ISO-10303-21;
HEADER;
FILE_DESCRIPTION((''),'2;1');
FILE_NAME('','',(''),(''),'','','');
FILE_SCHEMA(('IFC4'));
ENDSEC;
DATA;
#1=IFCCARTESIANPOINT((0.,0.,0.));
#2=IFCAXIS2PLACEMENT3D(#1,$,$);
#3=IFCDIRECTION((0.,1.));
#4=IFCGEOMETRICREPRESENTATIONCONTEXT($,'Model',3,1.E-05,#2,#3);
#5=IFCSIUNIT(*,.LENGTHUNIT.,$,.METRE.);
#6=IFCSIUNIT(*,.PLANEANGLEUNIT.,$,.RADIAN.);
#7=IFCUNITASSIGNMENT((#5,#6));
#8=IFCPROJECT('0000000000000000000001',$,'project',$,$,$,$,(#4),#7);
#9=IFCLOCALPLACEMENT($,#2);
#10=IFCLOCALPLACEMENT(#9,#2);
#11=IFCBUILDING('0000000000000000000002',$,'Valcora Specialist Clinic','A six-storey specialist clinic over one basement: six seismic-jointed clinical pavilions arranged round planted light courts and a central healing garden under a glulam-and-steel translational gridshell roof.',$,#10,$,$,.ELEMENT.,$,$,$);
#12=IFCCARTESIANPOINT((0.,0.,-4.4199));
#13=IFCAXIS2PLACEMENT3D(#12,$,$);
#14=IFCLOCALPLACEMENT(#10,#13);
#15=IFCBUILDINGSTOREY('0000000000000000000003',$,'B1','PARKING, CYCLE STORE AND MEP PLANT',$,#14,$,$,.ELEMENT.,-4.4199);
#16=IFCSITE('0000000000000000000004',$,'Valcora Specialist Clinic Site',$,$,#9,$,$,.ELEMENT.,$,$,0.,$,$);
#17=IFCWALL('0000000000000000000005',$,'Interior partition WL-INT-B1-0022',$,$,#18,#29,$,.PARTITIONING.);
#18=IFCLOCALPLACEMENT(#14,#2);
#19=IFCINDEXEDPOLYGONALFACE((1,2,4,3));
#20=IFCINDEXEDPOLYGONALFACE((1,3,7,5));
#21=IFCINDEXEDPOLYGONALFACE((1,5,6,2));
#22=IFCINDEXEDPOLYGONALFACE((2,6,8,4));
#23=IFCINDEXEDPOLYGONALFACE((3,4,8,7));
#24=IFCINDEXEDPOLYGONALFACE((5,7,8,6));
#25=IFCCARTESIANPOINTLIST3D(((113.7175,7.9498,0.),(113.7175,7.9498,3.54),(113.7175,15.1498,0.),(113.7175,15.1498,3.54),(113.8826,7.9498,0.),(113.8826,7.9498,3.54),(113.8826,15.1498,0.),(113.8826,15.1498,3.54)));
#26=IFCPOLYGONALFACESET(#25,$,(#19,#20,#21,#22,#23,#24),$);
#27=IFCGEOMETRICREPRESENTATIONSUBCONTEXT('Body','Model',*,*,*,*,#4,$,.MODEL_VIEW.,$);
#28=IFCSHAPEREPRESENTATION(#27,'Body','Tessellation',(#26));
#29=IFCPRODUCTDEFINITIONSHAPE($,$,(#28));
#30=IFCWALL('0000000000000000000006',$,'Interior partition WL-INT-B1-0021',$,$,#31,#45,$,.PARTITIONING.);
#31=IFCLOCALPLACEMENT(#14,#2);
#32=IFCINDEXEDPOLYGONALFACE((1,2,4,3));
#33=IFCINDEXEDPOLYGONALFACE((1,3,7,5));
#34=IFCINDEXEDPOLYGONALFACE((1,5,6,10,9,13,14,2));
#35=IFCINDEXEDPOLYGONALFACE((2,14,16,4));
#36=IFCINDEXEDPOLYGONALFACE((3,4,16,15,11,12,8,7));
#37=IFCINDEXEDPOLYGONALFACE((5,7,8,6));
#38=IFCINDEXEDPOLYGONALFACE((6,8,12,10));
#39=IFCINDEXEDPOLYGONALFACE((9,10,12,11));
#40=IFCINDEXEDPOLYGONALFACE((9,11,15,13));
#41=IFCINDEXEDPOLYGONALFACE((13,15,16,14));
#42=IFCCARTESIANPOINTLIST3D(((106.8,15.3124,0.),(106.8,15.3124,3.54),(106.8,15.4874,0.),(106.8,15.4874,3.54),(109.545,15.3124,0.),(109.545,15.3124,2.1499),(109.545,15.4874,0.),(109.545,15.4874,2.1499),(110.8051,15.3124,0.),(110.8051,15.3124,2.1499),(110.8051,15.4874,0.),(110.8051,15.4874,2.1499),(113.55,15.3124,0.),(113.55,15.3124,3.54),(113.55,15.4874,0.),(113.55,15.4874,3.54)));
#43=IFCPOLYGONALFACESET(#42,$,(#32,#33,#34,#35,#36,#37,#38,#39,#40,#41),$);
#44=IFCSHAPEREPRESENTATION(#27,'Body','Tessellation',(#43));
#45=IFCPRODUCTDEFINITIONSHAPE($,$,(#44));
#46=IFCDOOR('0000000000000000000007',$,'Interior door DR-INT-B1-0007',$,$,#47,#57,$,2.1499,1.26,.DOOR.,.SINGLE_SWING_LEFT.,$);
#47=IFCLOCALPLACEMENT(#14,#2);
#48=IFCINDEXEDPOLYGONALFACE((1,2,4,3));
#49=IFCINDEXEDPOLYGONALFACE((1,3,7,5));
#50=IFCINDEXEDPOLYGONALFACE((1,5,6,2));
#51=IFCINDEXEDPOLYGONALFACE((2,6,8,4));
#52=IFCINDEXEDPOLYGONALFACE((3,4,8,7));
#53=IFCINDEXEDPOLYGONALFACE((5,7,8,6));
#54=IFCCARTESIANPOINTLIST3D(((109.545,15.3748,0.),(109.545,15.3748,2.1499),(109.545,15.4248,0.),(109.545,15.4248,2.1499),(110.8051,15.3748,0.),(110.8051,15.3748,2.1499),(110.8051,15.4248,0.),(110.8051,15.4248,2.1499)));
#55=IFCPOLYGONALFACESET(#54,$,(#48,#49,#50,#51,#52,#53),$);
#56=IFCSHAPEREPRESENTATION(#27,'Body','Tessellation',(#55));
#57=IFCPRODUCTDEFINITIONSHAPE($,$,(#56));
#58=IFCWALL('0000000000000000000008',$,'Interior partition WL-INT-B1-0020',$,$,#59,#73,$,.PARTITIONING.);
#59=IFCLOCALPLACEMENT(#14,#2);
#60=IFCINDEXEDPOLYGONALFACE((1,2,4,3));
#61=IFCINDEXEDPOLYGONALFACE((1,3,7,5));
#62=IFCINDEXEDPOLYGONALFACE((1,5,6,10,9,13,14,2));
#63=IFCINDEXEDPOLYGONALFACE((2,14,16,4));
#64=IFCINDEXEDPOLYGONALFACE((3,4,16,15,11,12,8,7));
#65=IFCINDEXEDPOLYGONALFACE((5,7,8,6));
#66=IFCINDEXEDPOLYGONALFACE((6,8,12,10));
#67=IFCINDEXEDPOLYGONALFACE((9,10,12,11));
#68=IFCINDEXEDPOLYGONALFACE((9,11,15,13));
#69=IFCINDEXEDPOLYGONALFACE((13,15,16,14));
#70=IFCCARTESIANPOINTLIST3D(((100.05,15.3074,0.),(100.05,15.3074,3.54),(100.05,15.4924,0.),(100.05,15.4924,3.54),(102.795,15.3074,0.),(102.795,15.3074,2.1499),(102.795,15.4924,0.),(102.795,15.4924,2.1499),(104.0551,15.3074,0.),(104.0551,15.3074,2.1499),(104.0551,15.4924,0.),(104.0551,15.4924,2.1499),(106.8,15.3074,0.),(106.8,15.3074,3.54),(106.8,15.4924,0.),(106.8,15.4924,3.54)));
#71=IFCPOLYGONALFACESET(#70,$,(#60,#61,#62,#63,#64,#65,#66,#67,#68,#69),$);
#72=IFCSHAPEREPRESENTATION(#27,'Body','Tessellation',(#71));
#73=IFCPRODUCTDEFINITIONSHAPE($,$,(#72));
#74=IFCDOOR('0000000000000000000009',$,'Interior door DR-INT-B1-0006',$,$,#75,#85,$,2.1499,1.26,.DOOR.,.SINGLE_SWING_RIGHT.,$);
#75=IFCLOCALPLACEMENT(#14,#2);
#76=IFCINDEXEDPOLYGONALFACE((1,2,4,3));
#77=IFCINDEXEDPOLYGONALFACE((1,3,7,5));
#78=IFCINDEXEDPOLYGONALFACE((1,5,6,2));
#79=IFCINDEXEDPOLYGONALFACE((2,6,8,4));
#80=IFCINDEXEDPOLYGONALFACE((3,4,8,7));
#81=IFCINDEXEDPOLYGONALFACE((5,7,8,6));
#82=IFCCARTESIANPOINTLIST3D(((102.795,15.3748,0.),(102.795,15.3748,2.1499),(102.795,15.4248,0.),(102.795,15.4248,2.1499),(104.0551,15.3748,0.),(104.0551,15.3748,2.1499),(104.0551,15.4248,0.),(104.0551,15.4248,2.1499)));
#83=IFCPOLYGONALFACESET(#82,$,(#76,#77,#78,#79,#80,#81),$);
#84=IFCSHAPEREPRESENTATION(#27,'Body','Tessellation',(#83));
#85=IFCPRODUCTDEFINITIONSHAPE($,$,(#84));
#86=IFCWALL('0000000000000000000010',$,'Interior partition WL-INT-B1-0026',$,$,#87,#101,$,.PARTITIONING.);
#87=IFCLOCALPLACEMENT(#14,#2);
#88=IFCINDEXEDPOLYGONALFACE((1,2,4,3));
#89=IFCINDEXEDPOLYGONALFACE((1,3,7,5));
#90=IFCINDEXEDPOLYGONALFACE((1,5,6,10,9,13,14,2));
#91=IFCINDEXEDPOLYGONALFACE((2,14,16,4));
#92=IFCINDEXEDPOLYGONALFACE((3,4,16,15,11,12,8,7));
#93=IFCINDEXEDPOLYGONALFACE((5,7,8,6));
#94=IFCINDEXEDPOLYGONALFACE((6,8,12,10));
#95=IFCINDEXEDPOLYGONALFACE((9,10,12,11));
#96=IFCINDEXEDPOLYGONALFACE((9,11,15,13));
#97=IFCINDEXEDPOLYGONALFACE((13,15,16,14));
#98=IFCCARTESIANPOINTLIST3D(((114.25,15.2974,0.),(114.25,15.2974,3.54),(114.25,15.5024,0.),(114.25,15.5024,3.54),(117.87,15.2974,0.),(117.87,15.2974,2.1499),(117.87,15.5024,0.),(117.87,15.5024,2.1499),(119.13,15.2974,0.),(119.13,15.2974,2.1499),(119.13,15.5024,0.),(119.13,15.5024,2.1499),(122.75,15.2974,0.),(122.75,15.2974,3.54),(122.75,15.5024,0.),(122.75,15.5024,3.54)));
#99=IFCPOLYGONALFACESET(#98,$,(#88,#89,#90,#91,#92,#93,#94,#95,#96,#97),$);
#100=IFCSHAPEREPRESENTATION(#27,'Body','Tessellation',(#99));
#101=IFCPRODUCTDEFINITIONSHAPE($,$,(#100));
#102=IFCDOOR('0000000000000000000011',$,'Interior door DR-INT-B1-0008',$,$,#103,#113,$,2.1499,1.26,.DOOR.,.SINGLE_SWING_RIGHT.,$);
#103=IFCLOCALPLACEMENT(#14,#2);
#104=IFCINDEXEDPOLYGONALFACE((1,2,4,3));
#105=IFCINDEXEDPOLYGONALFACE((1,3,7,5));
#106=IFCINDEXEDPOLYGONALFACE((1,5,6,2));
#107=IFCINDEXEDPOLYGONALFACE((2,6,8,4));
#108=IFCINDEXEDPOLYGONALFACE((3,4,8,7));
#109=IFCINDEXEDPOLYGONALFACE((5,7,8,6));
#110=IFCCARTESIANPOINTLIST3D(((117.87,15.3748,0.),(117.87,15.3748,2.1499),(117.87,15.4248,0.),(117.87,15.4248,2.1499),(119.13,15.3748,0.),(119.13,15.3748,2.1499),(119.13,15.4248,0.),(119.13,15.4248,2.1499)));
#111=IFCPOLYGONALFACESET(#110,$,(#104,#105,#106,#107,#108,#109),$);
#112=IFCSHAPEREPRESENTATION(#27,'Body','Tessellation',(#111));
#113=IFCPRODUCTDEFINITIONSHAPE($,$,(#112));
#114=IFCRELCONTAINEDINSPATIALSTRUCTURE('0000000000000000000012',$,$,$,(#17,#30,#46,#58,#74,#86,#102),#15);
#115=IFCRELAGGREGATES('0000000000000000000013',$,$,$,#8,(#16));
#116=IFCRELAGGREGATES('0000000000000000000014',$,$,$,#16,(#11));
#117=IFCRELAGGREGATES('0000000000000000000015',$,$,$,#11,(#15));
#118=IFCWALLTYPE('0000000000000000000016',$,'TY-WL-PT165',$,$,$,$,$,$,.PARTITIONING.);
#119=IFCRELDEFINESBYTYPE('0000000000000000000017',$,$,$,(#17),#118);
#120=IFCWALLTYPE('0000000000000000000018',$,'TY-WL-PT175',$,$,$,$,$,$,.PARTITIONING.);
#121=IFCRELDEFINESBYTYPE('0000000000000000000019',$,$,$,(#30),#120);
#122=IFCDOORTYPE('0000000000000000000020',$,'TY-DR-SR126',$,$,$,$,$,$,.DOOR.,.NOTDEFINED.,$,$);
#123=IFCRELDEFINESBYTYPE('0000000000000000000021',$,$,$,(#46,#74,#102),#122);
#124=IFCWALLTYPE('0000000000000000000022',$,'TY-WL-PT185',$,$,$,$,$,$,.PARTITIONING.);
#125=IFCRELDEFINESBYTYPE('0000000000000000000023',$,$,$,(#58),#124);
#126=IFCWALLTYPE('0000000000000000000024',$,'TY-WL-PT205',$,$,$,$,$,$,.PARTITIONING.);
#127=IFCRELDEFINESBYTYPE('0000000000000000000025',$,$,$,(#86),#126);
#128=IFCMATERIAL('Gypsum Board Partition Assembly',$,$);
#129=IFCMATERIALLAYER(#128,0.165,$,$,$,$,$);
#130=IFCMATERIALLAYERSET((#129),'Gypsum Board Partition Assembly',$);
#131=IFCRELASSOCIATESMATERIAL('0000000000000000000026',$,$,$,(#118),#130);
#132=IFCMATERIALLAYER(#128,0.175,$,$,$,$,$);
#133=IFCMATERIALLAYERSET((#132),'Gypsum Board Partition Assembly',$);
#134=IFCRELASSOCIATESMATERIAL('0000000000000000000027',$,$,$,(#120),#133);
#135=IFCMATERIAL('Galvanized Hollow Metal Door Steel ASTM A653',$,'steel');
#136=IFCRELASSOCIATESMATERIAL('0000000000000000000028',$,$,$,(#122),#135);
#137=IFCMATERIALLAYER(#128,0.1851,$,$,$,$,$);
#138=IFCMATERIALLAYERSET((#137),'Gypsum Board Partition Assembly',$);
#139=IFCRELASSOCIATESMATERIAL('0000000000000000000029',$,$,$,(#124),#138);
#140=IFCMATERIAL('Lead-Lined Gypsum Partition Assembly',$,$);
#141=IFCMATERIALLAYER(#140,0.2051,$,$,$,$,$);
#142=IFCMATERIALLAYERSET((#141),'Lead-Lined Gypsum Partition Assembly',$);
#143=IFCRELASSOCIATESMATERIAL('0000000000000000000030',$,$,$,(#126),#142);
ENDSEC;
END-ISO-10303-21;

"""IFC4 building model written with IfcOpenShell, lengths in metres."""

from ifc_helpers import new_model, si_unit, direction, frame, frame_2d, origin, place, context, subcontext, project, spatial, rectangle, extrude, material, layer, layer_set, type_object, element, fill, save


model = new_model("IFC4")

# Units and contexts
model_context = context("Model", 3, precision=1e-05, world=origin(), true_north=direction((0.0, 1.0)))
body_context = subcontext(model_context, "Body", "Model", "MODEL_VIEW")
ifc_project = project(units=[si_unit("LENGTHUNIT", "METRE"), si_unit("PLANEANGLEUNIT", "RADIAN")], contexts=[model_context])

# Site, building, storey
site_placement = place(None, origin())
site = spatial("IfcSite", under=ifc_project, at=site_placement, Name="Valcora Specialist Clinic Site", CompositionType="ELEMENT", RefElevation=0.0)
building_placement = place(site_placement, origin())
building = spatial("IfcBuilding", under=site, at=building_placement, Name="Valcora Specialist Clinic", Description="A six-storey specialist clinic over one basement: six seismic-jointed clinical pavilions arranged round planted light courts and a central healing garden under a glulam-and-steel translational gridshell roof.", CompositionType="ELEMENT")
storey_placement = place(building_placement, frame((0.0, 0.0, -4.4199)))
storey = spatial("IfcBuildingStorey", under=building, at=storey_placement, Name="B1", Description="PARKING, CYCLE STORE AND MEP PLANT", CompositionType="ELEMENT", Elevation=-4.4199)

# Wall
ifc_material_1 = material(Name="Gypsum Board Partition Assembly")
ifc_layer_1 = layer(ifc_material_1, 0.165)
ifc_layer_set_1 = layer_set([ifc_layer_1], Name="Gypsum Board Partition Assembly")
wall_type_1 = type_object("IfcWallType", Name="TY-WL-PT165", PredefinedType="PARTITIONING", material=ifc_layer_set_1)
wall_1_placement = place(storey_placement, frame((113.8, 15.1499, 0.0), z_axis=(0.0, 0.0, 1.0), x_axis=(0.0, -1.0, 0.0)))
element("IfcWall", 1, at=wall_1_placement, inside=storey, type_object=wall_type_1, Name="Interior partition WL-INT-B1-0022", PredefinedType="PARTITIONING", context=body_context, shape_type="SweptSolid", body=[
    extrude(rectangle(XDim=7.2, YDim=0.165, at=frame_2d((3.6001, 0.0))), origin(), (0.0, 0.0, 1.0), 3.54),
])

# Walls, openings, doors
ifc_layer_2 = layer(ifc_material_1, 0.175)
ifc_layer_set_2 = layer_set([ifc_layer_2], Name="Gypsum Board Partition Assembly")
wall_type_2 = type_object("IfcWallType", Name="TY-WL-PT175", PredefinedType="PARTITIONING", material=ifc_layer_set_2)
wall_2_placement = place(storey_placement, frame((106.8, 15.3999, 0.0), z_axis=(0.0, 0.0, 1.0), x_axis=(1.0, 0.0, 0.0)))
wall_2 = element("IfcWall", 2, at=wall_2_placement, inside=storey, type_object=wall_type_2, Name="Interior partition WL-INT-B1-0021", PredefinedType="PARTITIONING", context=body_context, shape_type="SweptSolid", body=[
    extrude(rectangle(XDim=6.75, YDim=0.175, at=frame_2d((3.375, 0.0))), origin(), (0.0, 0.0, 1.0), 3.54),
])
opening_1_placement = place(wall_2_placement, frame((2.7451, 0.0, 0.0)))
opening_1 = element("IfcOpeningElement", 3, at=opening_1_placement, cuts=wall_2, PredefinedType="OPENING", context=body_context, shape_type="SweptSolid", body=[
    extrude(rectangle(XDim=1.26, YDim=2.1499, at=frame_2d((0.6299, 1.075))), frame((0.0, 0.0974, 0.0), z_axis=(0.0, -1.0, 0.0), x_axis=(1.0, 0.0, 0.0)), (0.0, 0.0, 1.0), 0.1951),
])
ifc_material_2 = material(Name="Galvanized Hollow Metal Door Steel ASTM A653", Category="steel")
door_type = type_object("IfcDoorType", Name="TY-DR-SR126", OperationType="NOTDEFINED", PredefinedType="DOOR", material=ifc_material_2)
door_1_placement = place(opening_1_placement, origin())
door_1 = element("IfcDoor", 4, at=door_1_placement, inside=storey, type_object=door_type, Name="Interior door DR-INT-B1-0007", OperationType="SINGLE_SWING_LEFT", OverallHeight=2.1499, OverallWidth=1.26, PredefinedType="DOOR", context=body_context, shape_type="SweptSolid", body=[
    extrude(rectangle(XDim=1.26, YDim=2.1499, at=frame_2d((0.6299, 1.075))), frame((0.0, 0.0249, 0.0), z_axis=(0.0, -1.0, 0.0), x_axis=(1.0, 0.0, 0.0)), (0.0, 0.0, 1.0), 0.05),
])
fill(opening_1, door_1)
ifc_layer_3 = layer(ifc_material_1, 0.1851)
ifc_layer_set_3 = layer_set([ifc_layer_3], Name="Gypsum Board Partition Assembly")
wall_type_3 = type_object("IfcWallType", Name="TY-WL-PT185", PredefinedType="PARTITIONING", material=ifc_layer_set_3)
wall_3_placement = place(storey_placement, frame((100.05, 15.3999, 0.0), z_axis=(0.0, 0.0, 1.0), x_axis=(1.0, 0.0, 0.0)))
wall_3 = element("IfcWall", 5, at=wall_3_placement, inside=storey, type_object=wall_type_3, Name="Interior partition WL-INT-B1-0020", PredefinedType="PARTITIONING", context=body_context, shape_type="SweptSolid", body=[
    extrude(rectangle(XDim=6.75, YDim=0.1851, at=frame_2d((3.375, 0.0))), origin(), (0.0, 0.0, 1.0), 3.54),
])
opening_2_placement = place(wall_3_placement, frame((2.7451, 0.0, 0.0)))
opening_2 = element("IfcOpeningElement", 6, at=opening_2_placement, cuts=wall_3, PredefinedType="OPENING", context=body_context, shape_type="SweptSolid", body=[
    extrude(rectangle(XDim=1.26, YDim=2.1499, at=frame_2d((0.6299, 1.075))), frame((0.0, 0.1025, 0.0), z_axis=(0.0, -1.0, 0.0), x_axis=(1.0, 0.0, 0.0)), (0.0, 0.0, 1.0), 0.2051),
])
door_2_placement = place(opening_2_placement, origin())
door_2 = element("IfcDoor", 7, at=door_2_placement, inside=storey, type_object=door_type, Name="Interior door DR-INT-B1-0006", OperationType="SINGLE_SWING_RIGHT", OverallHeight=2.1499, OverallWidth=1.26, PredefinedType="DOOR", context=body_context, shape_type="SweptSolid", body=[
    extrude(rectangle(XDim=1.26, YDim=2.1499, at=frame_2d((0.6299, 1.075))), frame((0.0, 0.0249, 0.0), z_axis=(0.0, -1.0, 0.0), x_axis=(1.0, 0.0, 0.0)), (0.0, 0.0, 1.0), 0.05),
])
fill(opening_2, door_2)
ifc_material_3 = material(Name="Lead-Lined Gypsum Partition Assembly")
ifc_layer_4 = layer(ifc_material_3, 0.2051)
ifc_layer_set_4 = layer_set([ifc_layer_4], Name="Lead-Lined Gypsum Partition Assembly")
wall_type_4 = type_object("IfcWallType", Name="TY-WL-PT205", PredefinedType="PARTITIONING", material=ifc_layer_set_4)
wall_4_placement = place(storey_placement, frame((114.25, 15.3999, 0.0), z_axis=(0.0, 0.0, 1.0), x_axis=(1.0, 0.0, 0.0)))
wall_4 = element("IfcWall", 8, at=wall_4_placement, inside=storey, type_object=wall_type_4, Name="Interior partition WL-INT-B1-0026", PredefinedType="PARTITIONING", context=body_context, shape_type="SweptSolid", body=[
    extrude(rectangle(XDim=8.5, YDim=0.2051, at=frame_2d((4.25, 0.0))), origin(), (0.0, 0.0, 1.0), 3.54),
])
opening_3_placement = place(wall_4_placement, frame((3.6201, 0.0, 0.0)))
opening_3 = element("IfcOpeningElement", 9, at=opening_3_placement, cuts=wall_4, PredefinedType="OPENING", context=body_context, shape_type="SweptSolid", body=[
    extrude(rectangle(XDim=1.26, YDim=2.1499, at=frame_2d((0.6299, 1.075))), frame((0.0, 0.1125, 0.0), z_axis=(0.0, -1.0, 0.0), x_axis=(1.0, 0.0, 0.0)), (0.0, 0.0, 1.0), 0.2251),
])
door_3_placement = place(opening_3_placement, origin())
door_3 = element("IfcDoor", 10, at=door_3_placement, inside=storey, type_object=door_type, Name="Interior door DR-INT-B1-0008", OperationType="SINGLE_SWING_RIGHT", OverallHeight=2.1499, OverallWidth=1.26, PredefinedType="DOOR", context=body_context, shape_type="SweptSolid", body=[
    extrude(rectangle(XDim=1.26, YDim=2.1499, at=frame_2d((0.6299, 1.075))), frame((0.0, 0.0249, 0.0), z_axis=(0.0, -1.0, 0.0), x_axis=(1.0, 0.0, 0.0)), (0.0, 0.0, 1.0), 0.05),
])
fill(opening_3, door_3)

save(model, "model.ifc")
